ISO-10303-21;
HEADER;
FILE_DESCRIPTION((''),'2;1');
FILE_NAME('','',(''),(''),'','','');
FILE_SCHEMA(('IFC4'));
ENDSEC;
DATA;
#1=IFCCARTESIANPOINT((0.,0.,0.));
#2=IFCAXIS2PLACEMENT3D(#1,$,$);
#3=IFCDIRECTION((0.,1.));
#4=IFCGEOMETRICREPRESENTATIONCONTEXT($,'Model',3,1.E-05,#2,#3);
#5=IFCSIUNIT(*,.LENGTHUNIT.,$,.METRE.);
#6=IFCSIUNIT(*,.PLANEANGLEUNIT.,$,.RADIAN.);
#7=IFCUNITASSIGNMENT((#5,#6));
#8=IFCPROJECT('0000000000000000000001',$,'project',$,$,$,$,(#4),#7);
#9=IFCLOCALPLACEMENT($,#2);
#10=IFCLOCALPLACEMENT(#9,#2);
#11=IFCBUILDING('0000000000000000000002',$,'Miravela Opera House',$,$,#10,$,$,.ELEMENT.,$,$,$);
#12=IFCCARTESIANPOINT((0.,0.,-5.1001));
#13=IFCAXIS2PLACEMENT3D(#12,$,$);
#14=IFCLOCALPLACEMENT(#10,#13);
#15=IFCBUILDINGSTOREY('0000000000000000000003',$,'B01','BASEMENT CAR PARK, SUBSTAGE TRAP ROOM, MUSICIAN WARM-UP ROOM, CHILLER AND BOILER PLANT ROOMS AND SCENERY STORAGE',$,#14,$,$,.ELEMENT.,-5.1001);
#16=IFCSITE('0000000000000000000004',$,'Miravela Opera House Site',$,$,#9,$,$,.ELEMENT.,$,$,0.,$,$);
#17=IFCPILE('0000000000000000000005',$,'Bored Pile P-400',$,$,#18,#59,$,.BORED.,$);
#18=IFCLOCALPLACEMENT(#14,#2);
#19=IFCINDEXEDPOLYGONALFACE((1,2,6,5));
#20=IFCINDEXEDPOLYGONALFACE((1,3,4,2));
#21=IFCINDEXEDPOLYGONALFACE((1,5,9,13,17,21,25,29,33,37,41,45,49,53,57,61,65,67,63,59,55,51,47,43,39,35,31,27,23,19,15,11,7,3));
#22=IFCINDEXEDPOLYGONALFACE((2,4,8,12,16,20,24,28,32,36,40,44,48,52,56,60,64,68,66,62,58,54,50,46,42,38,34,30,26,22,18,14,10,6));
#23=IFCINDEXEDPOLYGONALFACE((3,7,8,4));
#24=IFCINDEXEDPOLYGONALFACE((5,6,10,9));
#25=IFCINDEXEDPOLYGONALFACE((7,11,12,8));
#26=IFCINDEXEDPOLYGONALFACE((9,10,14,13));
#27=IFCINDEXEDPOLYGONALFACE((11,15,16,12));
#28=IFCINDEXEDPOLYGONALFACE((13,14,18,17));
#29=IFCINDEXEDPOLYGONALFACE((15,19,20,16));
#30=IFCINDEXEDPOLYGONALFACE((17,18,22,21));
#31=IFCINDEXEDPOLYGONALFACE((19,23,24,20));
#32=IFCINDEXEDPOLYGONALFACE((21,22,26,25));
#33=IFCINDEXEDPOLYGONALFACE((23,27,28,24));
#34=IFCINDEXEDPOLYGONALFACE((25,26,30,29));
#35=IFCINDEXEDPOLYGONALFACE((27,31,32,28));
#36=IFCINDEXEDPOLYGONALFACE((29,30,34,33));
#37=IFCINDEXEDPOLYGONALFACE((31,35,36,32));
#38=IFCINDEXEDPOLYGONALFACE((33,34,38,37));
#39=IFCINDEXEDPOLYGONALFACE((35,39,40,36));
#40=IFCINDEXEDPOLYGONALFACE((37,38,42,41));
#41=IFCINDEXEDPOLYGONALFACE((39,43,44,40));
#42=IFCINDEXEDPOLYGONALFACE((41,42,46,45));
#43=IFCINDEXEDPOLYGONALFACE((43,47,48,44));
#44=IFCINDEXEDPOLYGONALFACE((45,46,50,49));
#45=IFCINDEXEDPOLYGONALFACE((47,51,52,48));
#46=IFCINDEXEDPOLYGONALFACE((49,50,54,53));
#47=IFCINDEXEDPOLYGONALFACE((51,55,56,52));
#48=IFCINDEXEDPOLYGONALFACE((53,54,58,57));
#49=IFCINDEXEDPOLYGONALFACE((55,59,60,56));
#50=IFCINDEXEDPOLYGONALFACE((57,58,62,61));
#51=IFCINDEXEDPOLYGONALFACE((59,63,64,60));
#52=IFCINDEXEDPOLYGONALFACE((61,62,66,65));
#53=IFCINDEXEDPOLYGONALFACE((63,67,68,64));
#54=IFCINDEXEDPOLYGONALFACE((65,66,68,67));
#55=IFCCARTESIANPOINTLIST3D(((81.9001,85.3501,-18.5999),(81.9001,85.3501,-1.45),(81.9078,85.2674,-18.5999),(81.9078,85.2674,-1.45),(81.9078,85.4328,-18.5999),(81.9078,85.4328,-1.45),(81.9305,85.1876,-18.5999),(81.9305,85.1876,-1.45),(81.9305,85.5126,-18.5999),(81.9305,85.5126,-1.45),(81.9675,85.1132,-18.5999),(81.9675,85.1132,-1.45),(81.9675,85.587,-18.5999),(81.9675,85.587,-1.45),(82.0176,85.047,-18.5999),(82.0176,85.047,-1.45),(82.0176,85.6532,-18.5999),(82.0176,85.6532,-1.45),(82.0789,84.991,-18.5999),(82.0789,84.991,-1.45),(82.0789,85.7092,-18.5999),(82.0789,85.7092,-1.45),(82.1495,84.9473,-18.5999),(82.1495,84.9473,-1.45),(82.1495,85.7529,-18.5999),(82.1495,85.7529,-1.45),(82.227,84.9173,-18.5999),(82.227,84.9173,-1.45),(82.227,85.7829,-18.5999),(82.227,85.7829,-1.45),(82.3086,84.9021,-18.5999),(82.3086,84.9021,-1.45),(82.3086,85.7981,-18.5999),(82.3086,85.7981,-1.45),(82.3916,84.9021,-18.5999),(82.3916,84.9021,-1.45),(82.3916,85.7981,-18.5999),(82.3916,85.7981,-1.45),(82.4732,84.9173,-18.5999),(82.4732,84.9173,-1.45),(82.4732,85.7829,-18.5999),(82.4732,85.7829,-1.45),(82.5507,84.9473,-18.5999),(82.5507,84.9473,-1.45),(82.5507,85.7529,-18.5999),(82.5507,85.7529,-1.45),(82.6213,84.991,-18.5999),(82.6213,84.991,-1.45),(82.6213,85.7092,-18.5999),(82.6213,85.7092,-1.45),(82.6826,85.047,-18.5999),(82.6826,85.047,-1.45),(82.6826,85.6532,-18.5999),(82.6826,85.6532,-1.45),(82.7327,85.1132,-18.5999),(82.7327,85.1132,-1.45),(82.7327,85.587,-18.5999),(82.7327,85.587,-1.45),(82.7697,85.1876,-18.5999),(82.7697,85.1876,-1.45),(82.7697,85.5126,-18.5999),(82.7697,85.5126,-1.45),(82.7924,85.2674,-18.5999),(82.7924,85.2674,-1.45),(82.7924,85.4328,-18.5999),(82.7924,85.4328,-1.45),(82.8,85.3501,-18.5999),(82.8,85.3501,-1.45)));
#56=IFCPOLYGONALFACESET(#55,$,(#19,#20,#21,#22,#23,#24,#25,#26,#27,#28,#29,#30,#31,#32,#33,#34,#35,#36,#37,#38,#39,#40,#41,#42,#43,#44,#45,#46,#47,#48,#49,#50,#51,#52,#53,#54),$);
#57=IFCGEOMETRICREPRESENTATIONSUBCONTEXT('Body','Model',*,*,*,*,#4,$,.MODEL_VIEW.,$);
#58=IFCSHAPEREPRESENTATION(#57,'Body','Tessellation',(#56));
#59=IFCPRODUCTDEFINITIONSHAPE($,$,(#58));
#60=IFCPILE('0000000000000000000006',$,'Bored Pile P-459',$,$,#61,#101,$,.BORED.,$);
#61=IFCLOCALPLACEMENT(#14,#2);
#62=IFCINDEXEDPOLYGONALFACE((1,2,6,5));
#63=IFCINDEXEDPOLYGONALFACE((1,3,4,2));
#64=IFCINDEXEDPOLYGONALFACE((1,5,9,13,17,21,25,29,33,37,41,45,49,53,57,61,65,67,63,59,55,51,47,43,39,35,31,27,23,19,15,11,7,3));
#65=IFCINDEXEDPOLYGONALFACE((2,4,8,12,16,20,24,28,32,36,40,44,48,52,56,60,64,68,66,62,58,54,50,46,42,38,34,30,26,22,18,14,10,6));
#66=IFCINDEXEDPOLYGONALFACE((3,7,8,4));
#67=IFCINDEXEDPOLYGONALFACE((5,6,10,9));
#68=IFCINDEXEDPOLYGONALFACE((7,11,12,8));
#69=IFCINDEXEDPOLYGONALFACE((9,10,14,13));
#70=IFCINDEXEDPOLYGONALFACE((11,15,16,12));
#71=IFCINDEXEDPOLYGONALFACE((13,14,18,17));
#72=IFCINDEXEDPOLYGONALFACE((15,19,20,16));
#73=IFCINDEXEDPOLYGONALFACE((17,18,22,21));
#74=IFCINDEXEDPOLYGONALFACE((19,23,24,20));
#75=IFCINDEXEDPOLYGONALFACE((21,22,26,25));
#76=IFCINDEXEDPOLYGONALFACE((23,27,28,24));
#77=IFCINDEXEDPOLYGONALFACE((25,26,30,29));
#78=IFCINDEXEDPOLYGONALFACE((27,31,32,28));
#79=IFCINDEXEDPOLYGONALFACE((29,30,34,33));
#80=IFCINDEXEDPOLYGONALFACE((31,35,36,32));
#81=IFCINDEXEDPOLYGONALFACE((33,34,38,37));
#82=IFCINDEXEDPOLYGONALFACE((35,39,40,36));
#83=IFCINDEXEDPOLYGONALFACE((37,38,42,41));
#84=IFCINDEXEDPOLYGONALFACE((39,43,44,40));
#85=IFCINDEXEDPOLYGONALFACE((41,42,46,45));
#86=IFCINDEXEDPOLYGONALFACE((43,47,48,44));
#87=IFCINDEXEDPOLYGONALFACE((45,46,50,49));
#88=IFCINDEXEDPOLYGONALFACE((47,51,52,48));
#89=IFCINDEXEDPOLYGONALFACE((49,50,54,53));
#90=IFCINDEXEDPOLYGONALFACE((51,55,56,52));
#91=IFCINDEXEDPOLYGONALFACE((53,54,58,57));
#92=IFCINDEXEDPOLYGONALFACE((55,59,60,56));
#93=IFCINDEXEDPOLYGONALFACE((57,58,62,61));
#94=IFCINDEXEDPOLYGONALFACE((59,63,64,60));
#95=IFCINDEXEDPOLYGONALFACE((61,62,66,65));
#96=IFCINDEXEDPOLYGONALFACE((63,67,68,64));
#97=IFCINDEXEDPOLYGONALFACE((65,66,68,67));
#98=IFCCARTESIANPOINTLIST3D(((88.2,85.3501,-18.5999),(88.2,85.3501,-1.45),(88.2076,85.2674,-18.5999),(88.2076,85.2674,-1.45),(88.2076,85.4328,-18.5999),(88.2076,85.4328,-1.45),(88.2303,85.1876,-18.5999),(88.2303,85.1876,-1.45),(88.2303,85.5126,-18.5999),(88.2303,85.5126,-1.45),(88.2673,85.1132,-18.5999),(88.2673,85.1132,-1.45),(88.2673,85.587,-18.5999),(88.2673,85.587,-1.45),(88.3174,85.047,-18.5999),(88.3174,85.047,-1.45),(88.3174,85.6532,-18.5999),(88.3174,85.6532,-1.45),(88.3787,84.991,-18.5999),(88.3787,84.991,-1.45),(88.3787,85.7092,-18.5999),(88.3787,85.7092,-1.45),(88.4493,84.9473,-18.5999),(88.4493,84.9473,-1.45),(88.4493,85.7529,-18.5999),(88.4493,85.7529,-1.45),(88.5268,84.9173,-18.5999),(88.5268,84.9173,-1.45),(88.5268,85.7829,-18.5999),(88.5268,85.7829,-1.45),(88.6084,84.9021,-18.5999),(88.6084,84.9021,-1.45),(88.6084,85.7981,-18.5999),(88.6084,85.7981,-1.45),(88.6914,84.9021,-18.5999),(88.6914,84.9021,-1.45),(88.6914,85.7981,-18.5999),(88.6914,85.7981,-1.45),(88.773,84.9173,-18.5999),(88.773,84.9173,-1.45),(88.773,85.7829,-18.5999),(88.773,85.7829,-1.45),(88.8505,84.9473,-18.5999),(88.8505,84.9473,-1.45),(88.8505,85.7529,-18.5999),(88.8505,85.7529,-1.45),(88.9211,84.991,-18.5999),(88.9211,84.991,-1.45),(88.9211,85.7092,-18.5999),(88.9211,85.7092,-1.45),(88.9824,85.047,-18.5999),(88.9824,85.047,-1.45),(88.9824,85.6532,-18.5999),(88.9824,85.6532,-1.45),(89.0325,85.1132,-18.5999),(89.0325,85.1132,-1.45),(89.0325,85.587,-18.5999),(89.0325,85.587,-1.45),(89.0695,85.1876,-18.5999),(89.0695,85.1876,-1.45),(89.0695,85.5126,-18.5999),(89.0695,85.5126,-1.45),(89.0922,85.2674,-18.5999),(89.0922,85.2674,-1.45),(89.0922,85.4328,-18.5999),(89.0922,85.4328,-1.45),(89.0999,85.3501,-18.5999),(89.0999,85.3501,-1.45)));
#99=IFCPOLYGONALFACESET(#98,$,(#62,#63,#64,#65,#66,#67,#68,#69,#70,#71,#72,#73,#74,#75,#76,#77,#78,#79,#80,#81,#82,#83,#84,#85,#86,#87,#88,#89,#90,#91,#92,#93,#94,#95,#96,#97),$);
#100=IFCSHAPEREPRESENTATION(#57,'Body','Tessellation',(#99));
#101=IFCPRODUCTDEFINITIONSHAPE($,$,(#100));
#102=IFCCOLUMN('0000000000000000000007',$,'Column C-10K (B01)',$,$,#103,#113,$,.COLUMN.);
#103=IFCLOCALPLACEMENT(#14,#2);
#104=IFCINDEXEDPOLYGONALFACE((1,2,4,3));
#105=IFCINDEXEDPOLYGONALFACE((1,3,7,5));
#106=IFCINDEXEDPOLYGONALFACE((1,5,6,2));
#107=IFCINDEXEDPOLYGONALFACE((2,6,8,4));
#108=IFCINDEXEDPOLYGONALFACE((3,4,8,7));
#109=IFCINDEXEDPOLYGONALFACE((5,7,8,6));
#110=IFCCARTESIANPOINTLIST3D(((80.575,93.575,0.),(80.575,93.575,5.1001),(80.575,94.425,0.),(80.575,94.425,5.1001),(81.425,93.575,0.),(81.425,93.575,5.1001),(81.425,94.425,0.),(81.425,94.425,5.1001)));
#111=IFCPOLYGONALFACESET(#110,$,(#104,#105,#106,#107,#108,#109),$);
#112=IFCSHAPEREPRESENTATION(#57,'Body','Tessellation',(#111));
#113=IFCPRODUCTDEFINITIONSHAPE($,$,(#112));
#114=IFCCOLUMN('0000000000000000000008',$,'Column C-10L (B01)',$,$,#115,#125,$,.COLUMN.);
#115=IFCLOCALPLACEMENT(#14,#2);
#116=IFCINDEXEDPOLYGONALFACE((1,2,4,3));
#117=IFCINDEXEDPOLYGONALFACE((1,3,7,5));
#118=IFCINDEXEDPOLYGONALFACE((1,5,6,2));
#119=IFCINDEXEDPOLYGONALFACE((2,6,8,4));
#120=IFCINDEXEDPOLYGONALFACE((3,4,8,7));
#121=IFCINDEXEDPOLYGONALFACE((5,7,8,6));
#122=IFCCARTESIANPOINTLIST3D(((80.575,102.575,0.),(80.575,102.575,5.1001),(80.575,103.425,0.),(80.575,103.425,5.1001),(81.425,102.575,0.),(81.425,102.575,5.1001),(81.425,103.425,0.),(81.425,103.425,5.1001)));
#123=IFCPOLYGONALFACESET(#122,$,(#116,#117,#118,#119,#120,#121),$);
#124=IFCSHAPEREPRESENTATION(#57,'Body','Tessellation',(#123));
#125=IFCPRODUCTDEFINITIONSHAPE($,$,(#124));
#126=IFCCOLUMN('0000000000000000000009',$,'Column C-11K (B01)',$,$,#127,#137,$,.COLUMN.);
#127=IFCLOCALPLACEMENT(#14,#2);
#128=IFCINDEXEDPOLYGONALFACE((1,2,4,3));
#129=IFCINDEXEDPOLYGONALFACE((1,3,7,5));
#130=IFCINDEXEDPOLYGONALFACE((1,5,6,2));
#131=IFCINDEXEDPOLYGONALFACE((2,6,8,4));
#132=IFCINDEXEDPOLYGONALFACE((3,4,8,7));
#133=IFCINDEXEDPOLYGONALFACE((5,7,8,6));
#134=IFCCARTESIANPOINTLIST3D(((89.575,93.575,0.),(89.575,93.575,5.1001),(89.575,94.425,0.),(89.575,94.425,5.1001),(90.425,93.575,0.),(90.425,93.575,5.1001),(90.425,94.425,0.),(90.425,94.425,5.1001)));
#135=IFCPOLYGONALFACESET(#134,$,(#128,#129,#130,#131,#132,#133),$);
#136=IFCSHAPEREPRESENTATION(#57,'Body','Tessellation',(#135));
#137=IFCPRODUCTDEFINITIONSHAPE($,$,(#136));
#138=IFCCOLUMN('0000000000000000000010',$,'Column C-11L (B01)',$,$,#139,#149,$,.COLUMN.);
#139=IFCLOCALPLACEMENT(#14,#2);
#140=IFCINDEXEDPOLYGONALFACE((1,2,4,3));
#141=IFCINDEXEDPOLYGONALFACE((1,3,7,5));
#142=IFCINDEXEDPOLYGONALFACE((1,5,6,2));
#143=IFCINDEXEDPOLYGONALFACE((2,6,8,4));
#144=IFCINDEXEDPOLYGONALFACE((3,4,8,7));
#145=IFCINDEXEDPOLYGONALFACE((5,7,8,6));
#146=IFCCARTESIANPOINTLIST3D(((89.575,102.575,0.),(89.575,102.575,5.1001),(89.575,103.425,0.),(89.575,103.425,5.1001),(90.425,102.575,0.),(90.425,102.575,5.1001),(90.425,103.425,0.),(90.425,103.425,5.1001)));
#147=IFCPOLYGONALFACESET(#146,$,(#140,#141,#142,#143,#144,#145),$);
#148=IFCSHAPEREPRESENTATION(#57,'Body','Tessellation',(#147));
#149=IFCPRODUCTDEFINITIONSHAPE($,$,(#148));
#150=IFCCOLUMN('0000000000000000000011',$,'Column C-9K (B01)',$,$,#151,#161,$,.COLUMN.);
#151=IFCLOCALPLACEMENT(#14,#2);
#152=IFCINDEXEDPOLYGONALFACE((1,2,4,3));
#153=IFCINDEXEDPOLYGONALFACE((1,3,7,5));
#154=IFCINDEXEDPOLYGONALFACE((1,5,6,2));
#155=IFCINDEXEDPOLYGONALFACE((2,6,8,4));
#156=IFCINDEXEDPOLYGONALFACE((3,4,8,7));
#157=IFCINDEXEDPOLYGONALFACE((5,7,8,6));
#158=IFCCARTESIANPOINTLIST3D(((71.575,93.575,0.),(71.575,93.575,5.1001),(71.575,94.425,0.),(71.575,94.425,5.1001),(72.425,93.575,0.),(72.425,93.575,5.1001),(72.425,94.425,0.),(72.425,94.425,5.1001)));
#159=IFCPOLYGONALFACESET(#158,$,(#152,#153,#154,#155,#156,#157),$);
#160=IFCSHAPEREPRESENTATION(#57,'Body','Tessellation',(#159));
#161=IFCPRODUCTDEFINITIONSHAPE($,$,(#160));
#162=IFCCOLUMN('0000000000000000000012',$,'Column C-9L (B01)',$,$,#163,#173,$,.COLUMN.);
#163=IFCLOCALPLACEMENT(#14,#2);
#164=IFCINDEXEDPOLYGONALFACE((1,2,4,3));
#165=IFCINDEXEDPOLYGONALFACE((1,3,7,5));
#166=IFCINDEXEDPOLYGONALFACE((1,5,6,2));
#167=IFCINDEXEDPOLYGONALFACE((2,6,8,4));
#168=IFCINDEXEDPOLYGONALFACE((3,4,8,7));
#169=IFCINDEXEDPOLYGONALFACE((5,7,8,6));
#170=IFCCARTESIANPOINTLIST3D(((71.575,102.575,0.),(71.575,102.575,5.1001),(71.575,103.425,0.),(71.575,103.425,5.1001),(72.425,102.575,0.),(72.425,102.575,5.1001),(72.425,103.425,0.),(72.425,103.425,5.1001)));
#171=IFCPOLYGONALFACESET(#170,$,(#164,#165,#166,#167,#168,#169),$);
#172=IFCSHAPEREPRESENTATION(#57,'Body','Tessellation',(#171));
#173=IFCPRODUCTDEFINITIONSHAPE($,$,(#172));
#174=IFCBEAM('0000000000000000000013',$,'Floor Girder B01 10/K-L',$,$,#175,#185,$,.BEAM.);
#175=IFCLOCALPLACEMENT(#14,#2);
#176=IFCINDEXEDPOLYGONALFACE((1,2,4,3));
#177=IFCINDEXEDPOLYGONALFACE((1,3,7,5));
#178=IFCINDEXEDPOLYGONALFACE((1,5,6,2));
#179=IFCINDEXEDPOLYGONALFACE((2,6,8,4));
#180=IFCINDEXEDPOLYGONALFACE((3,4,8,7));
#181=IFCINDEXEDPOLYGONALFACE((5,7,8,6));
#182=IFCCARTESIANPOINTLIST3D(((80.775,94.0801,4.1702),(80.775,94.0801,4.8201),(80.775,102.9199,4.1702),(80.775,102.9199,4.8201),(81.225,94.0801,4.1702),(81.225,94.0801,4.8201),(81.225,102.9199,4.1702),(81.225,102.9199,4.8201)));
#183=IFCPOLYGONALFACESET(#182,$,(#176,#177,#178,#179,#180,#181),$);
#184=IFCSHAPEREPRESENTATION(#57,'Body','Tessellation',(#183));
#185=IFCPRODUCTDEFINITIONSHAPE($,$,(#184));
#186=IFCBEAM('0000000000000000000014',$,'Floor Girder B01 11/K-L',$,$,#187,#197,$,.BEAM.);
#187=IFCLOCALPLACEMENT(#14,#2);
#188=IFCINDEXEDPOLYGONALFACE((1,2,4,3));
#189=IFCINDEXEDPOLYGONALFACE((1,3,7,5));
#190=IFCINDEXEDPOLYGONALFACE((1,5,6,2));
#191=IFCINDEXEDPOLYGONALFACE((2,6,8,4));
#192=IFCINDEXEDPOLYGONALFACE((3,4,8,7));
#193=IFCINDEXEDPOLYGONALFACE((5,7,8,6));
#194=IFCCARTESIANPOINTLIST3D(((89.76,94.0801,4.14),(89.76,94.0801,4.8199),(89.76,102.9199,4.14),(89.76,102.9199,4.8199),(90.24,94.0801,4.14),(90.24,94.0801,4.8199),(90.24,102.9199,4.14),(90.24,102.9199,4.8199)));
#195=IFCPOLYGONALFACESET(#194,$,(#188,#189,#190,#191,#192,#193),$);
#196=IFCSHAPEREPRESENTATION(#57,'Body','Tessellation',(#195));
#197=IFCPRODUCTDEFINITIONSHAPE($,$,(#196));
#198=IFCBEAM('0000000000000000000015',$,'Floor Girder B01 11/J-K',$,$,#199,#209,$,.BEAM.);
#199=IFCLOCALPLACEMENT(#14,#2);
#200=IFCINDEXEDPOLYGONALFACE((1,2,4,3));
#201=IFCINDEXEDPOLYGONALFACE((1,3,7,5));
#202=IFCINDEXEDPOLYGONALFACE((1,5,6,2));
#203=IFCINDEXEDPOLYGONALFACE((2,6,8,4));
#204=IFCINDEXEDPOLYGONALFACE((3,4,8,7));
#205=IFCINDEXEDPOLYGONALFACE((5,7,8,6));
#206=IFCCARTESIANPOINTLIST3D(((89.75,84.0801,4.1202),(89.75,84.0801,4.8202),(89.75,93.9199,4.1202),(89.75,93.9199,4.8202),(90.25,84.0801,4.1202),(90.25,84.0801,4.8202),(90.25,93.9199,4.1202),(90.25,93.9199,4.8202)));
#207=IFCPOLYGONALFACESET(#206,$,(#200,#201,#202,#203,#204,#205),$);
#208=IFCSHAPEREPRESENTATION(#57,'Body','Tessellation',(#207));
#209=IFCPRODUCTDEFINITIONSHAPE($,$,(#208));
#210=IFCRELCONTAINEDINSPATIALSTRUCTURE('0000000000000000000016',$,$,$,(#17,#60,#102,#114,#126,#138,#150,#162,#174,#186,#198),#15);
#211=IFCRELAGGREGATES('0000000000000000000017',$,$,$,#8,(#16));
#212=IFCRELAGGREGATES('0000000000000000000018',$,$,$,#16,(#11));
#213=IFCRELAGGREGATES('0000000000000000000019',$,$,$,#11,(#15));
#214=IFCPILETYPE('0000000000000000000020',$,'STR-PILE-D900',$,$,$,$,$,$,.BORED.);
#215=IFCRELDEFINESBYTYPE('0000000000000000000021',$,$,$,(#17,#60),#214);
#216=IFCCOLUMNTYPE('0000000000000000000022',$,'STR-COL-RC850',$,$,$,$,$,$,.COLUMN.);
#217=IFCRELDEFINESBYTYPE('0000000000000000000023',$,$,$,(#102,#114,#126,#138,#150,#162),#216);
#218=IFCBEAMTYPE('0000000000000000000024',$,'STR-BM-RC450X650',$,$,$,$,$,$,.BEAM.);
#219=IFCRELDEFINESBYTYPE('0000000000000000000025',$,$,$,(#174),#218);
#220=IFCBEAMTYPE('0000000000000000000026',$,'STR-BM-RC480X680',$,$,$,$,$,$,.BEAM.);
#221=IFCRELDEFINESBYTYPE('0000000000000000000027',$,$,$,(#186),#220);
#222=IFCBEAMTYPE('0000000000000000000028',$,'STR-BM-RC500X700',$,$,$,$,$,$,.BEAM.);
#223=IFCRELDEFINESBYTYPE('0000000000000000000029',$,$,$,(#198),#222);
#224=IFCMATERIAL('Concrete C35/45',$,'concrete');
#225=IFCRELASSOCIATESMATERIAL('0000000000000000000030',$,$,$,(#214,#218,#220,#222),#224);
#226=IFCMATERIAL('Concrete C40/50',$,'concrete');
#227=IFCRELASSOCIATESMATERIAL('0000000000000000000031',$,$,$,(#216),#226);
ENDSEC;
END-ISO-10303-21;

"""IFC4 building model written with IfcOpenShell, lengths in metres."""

from ifc_helpers import new_model, si_unit, direction, frame, origin, origin_2d, place, context, subcontext, project, spatial, rectangle, circle, extrude, material, material_profile, profile_set, type_object, element, save


model = new_model("IFC4")

# Units and contexts
model_context = context("Model", 3, precision=1e-05, world=origin(), true_north=direction((0.0, 1.0)))
body_context = subcontext(model_context, "Body", "Model", "MODEL_VIEW")
ifc_project = project(units=[si_unit("LENGTHUNIT", "METRE"), si_unit("PLANEANGLEUNIT", "RADIAN")], contexts=[model_context])

# Site, building, storey
site_placement = place(None, origin())
site = spatial("IfcSite", under=ifc_project, at=site_placement, Name="Miravela Opera House Site", CompositionType="ELEMENT", RefElevation=0.0)
building_placement = place(site_placement, origin())
building = spatial("IfcBuilding", under=site, at=building_placement, Name="Miravela Opera House", CompositionType="ELEMENT")
storey_placement = place(building_placement, frame((0.0, 0.0, -5.1001)))
storey = spatial("IfcBuildingStorey", under=building, at=storey_placement, Name="B01", Description="BASEMENT CAR PARK, SUBSTAGE TRAP ROOM, MUSICIAN WARM-UP ROOM, CHILLER AND BOILER PLANT ROOMS AND SCENERY STORAGE", CompositionType="ELEMENT", Elevation=-5.1001)

# Shared definitions
ifc_material_1 = material(Name="Concrete C35/45", Category="concrete")

# Piles
ifc_material_profile_1 = material_profile(ifc_material_1, circle(Radius=0.45, at=origin_2d()), Name="PILE-D900")
ifc_profile_set_1 = profile_set([ifc_material_profile_1])
pile_type_1 = type_object("IfcPileType", Name="STR-PILE-D900", PredefinedType="BORED", material=ifc_profile_set_1)
for number, where, z_axis, x_axis, name in (
    (1, (82.3501, 85.3501, -1.45), (0.0, 0.0, -1.0), (1.0, 0.0, 0.0), "Bored Pile P-400"),
    (2, (88.6499, 85.3501, -1.45), (0.0, 0.0, -1.0), (1.0, 0.0, 0.0), "Bored Pile P-459"),
):
    element("IfcPile", number, at=place(storey_placement, frame(where, z_axis=z_axis, x_axis=x_axis)), inside=storey, type_object=pile_type_1, Name=name, PredefinedType="BORED", context=body_context, shape_type="SweptSolid", body=[
        extrude(circle(Radius=0.45, at=origin_2d()), origin(), (0.0, 0.0, 1.0), 17.1499),
    ])

# Columns
ifc_material_2 = material(Name="Concrete C40/50", Category="concrete")
ifc_material_profile_2 = material_profile(ifc_material_2, rectangle(XDim=0.8501, YDim=0.8501, at=origin_2d()), Name="RC-COL-850X850")
ifc_profile_set_2 = profile_set([ifc_material_profile_2])
column_type = type_object("IfcColumnType", Name="STR-COL-RC850", PredefinedType="COLUMN", material=ifc_profile_set_2)
for number, where, z_axis, x_axis, name in (
    (3, (81.0, 94.0, 0.0), (0.0, 0.0, 1.0), (1.0, 0.0, 0.0), "Column C-10K (B01)"),
    (4, (81.0, 103.0, 0.0), (0.0, 0.0, 1.0), (1.0, 0.0, 0.0), "Column C-10L (B01)"),
    (5, (90.0, 94.0, 0.0), (0.0, 0.0, 1.0), (1.0, 0.0, 0.0), "Column C-11K (B01)"),
    (6, (90.0, 103.0, 0.0), (0.0, 0.0, 1.0), (1.0, 0.0, 0.0), "Column C-11L (B01)"),
    (7, (72.0, 94.0, 0.0), (0.0, 0.0, 1.0), (1.0, 0.0, 0.0), "Column C-9K (B01)"),
    (8, (72.0, 103.0, 0.0), (0.0, 0.0, 1.0), (1.0, 0.0, 0.0), "Column C-9L (B01)"),
):
    element("IfcColumn", number, at=place(storey_placement, frame(where, z_axis=z_axis, x_axis=x_axis)), inside=storey, type_object=column_type, Name=name, PredefinedType="COLUMN", context=body_context, shape_type="SweptSolid", body=[
        extrude(rectangle(XDim=0.8501, YDim=0.8501, at=origin_2d()), origin(), (0.0, 0.0, 1.0), 5.1001),
    ])

# Beams
ifc_material_profile_3 = material_profile(ifc_material_1, rectangle(XDim=0.45, YDim=0.6499, at=origin_2d()), Name="RC-BM-450X650")
ifc_profile_set_3 = profile_set([ifc_material_profile_3])
beam_type_1 = type_object("IfcBeamType", Name="STR-BM-RC450X650", PredefinedType="BEAM", material=ifc_profile_set_3)
beam_1_placement = place(storey_placement, frame((81.0, 94.0801, 4.4951), z_axis=(0.0, 1.0, 0.0), x_axis=(-1.0, 0.0, 0.0)))
element("IfcBeam", 9, at=beam_1_placement, inside=storey, type_object=beam_type_1, Name="Floor Girder B01 10/K-L", PredefinedType="BEAM", context=body_context, shape_type="SweptSolid", body=[
    extrude(rectangle(XDim=0.45, YDim=0.6499, at=origin_2d()), origin(), (0.0, 0.0, 1.0), 8.8398),
])
ifc_material_profile_4 = material_profile(ifc_material_1, rectangle(XDim=0.48, YDim=0.6799, at=origin_2d()), Name="RC-BM-480X680")
ifc_profile_set_4 = profile_set([ifc_material_profile_4])
beam_type_2 = type_object("IfcBeamType", Name="STR-BM-RC480X680", PredefinedType="BEAM", material=ifc_profile_set_4)
beam_2_placement = place(storey_placement, frame((90.0, 94.0801, 4.48), z_axis=(0.0, 1.0, 0.0), x_axis=(-1.0, 0.0, 0.0)))
element("IfcBeam", 10, at=beam_2_placement, inside=storey, type_object=beam_type_2, Name="Floor Girder B01 11/K-L", PredefinedType="BEAM", context=body_context, shape_type="SweptSolid", body=[
    extrude(rectangle(XDim=0.48, YDim=0.6799, at=origin_2d()), origin(), (0.0, 0.0, 1.0), 8.8398),
])
ifc_material_profile_5 = material_profile(ifc_material_1, rectangle(XDim=0.5, YDim=0.7, at=origin_2d()), Name="RC-BM-500X700")
ifc_profile_set_5 = profile_set([ifc_material_profile_5])
beam_type_3 = type_object("IfcBeamType", Name="STR-BM-RC500X700", PredefinedType="BEAM", material=ifc_profile_set_5)
beam_3_placement = place(storey_placement, frame((90.0, 84.0801, 4.4702), z_axis=(0.0, 1.0, 0.0), x_axis=(-1.0, 0.0, 0.0)))
element("IfcBeam", 11, at=beam_3_placement, inside=storey, type_object=beam_type_3, Name="Floor Girder B01 11/J-K", PredefinedType="BEAM", context=body_context, shape_type="SweptSolid", body=[
    extrude(rectangle(XDim=0.5, YDim=0.7, at=origin_2d()), origin(), (0.0, 0.0, 1.0), 9.8398),
])

save(model, "model.ifc")
